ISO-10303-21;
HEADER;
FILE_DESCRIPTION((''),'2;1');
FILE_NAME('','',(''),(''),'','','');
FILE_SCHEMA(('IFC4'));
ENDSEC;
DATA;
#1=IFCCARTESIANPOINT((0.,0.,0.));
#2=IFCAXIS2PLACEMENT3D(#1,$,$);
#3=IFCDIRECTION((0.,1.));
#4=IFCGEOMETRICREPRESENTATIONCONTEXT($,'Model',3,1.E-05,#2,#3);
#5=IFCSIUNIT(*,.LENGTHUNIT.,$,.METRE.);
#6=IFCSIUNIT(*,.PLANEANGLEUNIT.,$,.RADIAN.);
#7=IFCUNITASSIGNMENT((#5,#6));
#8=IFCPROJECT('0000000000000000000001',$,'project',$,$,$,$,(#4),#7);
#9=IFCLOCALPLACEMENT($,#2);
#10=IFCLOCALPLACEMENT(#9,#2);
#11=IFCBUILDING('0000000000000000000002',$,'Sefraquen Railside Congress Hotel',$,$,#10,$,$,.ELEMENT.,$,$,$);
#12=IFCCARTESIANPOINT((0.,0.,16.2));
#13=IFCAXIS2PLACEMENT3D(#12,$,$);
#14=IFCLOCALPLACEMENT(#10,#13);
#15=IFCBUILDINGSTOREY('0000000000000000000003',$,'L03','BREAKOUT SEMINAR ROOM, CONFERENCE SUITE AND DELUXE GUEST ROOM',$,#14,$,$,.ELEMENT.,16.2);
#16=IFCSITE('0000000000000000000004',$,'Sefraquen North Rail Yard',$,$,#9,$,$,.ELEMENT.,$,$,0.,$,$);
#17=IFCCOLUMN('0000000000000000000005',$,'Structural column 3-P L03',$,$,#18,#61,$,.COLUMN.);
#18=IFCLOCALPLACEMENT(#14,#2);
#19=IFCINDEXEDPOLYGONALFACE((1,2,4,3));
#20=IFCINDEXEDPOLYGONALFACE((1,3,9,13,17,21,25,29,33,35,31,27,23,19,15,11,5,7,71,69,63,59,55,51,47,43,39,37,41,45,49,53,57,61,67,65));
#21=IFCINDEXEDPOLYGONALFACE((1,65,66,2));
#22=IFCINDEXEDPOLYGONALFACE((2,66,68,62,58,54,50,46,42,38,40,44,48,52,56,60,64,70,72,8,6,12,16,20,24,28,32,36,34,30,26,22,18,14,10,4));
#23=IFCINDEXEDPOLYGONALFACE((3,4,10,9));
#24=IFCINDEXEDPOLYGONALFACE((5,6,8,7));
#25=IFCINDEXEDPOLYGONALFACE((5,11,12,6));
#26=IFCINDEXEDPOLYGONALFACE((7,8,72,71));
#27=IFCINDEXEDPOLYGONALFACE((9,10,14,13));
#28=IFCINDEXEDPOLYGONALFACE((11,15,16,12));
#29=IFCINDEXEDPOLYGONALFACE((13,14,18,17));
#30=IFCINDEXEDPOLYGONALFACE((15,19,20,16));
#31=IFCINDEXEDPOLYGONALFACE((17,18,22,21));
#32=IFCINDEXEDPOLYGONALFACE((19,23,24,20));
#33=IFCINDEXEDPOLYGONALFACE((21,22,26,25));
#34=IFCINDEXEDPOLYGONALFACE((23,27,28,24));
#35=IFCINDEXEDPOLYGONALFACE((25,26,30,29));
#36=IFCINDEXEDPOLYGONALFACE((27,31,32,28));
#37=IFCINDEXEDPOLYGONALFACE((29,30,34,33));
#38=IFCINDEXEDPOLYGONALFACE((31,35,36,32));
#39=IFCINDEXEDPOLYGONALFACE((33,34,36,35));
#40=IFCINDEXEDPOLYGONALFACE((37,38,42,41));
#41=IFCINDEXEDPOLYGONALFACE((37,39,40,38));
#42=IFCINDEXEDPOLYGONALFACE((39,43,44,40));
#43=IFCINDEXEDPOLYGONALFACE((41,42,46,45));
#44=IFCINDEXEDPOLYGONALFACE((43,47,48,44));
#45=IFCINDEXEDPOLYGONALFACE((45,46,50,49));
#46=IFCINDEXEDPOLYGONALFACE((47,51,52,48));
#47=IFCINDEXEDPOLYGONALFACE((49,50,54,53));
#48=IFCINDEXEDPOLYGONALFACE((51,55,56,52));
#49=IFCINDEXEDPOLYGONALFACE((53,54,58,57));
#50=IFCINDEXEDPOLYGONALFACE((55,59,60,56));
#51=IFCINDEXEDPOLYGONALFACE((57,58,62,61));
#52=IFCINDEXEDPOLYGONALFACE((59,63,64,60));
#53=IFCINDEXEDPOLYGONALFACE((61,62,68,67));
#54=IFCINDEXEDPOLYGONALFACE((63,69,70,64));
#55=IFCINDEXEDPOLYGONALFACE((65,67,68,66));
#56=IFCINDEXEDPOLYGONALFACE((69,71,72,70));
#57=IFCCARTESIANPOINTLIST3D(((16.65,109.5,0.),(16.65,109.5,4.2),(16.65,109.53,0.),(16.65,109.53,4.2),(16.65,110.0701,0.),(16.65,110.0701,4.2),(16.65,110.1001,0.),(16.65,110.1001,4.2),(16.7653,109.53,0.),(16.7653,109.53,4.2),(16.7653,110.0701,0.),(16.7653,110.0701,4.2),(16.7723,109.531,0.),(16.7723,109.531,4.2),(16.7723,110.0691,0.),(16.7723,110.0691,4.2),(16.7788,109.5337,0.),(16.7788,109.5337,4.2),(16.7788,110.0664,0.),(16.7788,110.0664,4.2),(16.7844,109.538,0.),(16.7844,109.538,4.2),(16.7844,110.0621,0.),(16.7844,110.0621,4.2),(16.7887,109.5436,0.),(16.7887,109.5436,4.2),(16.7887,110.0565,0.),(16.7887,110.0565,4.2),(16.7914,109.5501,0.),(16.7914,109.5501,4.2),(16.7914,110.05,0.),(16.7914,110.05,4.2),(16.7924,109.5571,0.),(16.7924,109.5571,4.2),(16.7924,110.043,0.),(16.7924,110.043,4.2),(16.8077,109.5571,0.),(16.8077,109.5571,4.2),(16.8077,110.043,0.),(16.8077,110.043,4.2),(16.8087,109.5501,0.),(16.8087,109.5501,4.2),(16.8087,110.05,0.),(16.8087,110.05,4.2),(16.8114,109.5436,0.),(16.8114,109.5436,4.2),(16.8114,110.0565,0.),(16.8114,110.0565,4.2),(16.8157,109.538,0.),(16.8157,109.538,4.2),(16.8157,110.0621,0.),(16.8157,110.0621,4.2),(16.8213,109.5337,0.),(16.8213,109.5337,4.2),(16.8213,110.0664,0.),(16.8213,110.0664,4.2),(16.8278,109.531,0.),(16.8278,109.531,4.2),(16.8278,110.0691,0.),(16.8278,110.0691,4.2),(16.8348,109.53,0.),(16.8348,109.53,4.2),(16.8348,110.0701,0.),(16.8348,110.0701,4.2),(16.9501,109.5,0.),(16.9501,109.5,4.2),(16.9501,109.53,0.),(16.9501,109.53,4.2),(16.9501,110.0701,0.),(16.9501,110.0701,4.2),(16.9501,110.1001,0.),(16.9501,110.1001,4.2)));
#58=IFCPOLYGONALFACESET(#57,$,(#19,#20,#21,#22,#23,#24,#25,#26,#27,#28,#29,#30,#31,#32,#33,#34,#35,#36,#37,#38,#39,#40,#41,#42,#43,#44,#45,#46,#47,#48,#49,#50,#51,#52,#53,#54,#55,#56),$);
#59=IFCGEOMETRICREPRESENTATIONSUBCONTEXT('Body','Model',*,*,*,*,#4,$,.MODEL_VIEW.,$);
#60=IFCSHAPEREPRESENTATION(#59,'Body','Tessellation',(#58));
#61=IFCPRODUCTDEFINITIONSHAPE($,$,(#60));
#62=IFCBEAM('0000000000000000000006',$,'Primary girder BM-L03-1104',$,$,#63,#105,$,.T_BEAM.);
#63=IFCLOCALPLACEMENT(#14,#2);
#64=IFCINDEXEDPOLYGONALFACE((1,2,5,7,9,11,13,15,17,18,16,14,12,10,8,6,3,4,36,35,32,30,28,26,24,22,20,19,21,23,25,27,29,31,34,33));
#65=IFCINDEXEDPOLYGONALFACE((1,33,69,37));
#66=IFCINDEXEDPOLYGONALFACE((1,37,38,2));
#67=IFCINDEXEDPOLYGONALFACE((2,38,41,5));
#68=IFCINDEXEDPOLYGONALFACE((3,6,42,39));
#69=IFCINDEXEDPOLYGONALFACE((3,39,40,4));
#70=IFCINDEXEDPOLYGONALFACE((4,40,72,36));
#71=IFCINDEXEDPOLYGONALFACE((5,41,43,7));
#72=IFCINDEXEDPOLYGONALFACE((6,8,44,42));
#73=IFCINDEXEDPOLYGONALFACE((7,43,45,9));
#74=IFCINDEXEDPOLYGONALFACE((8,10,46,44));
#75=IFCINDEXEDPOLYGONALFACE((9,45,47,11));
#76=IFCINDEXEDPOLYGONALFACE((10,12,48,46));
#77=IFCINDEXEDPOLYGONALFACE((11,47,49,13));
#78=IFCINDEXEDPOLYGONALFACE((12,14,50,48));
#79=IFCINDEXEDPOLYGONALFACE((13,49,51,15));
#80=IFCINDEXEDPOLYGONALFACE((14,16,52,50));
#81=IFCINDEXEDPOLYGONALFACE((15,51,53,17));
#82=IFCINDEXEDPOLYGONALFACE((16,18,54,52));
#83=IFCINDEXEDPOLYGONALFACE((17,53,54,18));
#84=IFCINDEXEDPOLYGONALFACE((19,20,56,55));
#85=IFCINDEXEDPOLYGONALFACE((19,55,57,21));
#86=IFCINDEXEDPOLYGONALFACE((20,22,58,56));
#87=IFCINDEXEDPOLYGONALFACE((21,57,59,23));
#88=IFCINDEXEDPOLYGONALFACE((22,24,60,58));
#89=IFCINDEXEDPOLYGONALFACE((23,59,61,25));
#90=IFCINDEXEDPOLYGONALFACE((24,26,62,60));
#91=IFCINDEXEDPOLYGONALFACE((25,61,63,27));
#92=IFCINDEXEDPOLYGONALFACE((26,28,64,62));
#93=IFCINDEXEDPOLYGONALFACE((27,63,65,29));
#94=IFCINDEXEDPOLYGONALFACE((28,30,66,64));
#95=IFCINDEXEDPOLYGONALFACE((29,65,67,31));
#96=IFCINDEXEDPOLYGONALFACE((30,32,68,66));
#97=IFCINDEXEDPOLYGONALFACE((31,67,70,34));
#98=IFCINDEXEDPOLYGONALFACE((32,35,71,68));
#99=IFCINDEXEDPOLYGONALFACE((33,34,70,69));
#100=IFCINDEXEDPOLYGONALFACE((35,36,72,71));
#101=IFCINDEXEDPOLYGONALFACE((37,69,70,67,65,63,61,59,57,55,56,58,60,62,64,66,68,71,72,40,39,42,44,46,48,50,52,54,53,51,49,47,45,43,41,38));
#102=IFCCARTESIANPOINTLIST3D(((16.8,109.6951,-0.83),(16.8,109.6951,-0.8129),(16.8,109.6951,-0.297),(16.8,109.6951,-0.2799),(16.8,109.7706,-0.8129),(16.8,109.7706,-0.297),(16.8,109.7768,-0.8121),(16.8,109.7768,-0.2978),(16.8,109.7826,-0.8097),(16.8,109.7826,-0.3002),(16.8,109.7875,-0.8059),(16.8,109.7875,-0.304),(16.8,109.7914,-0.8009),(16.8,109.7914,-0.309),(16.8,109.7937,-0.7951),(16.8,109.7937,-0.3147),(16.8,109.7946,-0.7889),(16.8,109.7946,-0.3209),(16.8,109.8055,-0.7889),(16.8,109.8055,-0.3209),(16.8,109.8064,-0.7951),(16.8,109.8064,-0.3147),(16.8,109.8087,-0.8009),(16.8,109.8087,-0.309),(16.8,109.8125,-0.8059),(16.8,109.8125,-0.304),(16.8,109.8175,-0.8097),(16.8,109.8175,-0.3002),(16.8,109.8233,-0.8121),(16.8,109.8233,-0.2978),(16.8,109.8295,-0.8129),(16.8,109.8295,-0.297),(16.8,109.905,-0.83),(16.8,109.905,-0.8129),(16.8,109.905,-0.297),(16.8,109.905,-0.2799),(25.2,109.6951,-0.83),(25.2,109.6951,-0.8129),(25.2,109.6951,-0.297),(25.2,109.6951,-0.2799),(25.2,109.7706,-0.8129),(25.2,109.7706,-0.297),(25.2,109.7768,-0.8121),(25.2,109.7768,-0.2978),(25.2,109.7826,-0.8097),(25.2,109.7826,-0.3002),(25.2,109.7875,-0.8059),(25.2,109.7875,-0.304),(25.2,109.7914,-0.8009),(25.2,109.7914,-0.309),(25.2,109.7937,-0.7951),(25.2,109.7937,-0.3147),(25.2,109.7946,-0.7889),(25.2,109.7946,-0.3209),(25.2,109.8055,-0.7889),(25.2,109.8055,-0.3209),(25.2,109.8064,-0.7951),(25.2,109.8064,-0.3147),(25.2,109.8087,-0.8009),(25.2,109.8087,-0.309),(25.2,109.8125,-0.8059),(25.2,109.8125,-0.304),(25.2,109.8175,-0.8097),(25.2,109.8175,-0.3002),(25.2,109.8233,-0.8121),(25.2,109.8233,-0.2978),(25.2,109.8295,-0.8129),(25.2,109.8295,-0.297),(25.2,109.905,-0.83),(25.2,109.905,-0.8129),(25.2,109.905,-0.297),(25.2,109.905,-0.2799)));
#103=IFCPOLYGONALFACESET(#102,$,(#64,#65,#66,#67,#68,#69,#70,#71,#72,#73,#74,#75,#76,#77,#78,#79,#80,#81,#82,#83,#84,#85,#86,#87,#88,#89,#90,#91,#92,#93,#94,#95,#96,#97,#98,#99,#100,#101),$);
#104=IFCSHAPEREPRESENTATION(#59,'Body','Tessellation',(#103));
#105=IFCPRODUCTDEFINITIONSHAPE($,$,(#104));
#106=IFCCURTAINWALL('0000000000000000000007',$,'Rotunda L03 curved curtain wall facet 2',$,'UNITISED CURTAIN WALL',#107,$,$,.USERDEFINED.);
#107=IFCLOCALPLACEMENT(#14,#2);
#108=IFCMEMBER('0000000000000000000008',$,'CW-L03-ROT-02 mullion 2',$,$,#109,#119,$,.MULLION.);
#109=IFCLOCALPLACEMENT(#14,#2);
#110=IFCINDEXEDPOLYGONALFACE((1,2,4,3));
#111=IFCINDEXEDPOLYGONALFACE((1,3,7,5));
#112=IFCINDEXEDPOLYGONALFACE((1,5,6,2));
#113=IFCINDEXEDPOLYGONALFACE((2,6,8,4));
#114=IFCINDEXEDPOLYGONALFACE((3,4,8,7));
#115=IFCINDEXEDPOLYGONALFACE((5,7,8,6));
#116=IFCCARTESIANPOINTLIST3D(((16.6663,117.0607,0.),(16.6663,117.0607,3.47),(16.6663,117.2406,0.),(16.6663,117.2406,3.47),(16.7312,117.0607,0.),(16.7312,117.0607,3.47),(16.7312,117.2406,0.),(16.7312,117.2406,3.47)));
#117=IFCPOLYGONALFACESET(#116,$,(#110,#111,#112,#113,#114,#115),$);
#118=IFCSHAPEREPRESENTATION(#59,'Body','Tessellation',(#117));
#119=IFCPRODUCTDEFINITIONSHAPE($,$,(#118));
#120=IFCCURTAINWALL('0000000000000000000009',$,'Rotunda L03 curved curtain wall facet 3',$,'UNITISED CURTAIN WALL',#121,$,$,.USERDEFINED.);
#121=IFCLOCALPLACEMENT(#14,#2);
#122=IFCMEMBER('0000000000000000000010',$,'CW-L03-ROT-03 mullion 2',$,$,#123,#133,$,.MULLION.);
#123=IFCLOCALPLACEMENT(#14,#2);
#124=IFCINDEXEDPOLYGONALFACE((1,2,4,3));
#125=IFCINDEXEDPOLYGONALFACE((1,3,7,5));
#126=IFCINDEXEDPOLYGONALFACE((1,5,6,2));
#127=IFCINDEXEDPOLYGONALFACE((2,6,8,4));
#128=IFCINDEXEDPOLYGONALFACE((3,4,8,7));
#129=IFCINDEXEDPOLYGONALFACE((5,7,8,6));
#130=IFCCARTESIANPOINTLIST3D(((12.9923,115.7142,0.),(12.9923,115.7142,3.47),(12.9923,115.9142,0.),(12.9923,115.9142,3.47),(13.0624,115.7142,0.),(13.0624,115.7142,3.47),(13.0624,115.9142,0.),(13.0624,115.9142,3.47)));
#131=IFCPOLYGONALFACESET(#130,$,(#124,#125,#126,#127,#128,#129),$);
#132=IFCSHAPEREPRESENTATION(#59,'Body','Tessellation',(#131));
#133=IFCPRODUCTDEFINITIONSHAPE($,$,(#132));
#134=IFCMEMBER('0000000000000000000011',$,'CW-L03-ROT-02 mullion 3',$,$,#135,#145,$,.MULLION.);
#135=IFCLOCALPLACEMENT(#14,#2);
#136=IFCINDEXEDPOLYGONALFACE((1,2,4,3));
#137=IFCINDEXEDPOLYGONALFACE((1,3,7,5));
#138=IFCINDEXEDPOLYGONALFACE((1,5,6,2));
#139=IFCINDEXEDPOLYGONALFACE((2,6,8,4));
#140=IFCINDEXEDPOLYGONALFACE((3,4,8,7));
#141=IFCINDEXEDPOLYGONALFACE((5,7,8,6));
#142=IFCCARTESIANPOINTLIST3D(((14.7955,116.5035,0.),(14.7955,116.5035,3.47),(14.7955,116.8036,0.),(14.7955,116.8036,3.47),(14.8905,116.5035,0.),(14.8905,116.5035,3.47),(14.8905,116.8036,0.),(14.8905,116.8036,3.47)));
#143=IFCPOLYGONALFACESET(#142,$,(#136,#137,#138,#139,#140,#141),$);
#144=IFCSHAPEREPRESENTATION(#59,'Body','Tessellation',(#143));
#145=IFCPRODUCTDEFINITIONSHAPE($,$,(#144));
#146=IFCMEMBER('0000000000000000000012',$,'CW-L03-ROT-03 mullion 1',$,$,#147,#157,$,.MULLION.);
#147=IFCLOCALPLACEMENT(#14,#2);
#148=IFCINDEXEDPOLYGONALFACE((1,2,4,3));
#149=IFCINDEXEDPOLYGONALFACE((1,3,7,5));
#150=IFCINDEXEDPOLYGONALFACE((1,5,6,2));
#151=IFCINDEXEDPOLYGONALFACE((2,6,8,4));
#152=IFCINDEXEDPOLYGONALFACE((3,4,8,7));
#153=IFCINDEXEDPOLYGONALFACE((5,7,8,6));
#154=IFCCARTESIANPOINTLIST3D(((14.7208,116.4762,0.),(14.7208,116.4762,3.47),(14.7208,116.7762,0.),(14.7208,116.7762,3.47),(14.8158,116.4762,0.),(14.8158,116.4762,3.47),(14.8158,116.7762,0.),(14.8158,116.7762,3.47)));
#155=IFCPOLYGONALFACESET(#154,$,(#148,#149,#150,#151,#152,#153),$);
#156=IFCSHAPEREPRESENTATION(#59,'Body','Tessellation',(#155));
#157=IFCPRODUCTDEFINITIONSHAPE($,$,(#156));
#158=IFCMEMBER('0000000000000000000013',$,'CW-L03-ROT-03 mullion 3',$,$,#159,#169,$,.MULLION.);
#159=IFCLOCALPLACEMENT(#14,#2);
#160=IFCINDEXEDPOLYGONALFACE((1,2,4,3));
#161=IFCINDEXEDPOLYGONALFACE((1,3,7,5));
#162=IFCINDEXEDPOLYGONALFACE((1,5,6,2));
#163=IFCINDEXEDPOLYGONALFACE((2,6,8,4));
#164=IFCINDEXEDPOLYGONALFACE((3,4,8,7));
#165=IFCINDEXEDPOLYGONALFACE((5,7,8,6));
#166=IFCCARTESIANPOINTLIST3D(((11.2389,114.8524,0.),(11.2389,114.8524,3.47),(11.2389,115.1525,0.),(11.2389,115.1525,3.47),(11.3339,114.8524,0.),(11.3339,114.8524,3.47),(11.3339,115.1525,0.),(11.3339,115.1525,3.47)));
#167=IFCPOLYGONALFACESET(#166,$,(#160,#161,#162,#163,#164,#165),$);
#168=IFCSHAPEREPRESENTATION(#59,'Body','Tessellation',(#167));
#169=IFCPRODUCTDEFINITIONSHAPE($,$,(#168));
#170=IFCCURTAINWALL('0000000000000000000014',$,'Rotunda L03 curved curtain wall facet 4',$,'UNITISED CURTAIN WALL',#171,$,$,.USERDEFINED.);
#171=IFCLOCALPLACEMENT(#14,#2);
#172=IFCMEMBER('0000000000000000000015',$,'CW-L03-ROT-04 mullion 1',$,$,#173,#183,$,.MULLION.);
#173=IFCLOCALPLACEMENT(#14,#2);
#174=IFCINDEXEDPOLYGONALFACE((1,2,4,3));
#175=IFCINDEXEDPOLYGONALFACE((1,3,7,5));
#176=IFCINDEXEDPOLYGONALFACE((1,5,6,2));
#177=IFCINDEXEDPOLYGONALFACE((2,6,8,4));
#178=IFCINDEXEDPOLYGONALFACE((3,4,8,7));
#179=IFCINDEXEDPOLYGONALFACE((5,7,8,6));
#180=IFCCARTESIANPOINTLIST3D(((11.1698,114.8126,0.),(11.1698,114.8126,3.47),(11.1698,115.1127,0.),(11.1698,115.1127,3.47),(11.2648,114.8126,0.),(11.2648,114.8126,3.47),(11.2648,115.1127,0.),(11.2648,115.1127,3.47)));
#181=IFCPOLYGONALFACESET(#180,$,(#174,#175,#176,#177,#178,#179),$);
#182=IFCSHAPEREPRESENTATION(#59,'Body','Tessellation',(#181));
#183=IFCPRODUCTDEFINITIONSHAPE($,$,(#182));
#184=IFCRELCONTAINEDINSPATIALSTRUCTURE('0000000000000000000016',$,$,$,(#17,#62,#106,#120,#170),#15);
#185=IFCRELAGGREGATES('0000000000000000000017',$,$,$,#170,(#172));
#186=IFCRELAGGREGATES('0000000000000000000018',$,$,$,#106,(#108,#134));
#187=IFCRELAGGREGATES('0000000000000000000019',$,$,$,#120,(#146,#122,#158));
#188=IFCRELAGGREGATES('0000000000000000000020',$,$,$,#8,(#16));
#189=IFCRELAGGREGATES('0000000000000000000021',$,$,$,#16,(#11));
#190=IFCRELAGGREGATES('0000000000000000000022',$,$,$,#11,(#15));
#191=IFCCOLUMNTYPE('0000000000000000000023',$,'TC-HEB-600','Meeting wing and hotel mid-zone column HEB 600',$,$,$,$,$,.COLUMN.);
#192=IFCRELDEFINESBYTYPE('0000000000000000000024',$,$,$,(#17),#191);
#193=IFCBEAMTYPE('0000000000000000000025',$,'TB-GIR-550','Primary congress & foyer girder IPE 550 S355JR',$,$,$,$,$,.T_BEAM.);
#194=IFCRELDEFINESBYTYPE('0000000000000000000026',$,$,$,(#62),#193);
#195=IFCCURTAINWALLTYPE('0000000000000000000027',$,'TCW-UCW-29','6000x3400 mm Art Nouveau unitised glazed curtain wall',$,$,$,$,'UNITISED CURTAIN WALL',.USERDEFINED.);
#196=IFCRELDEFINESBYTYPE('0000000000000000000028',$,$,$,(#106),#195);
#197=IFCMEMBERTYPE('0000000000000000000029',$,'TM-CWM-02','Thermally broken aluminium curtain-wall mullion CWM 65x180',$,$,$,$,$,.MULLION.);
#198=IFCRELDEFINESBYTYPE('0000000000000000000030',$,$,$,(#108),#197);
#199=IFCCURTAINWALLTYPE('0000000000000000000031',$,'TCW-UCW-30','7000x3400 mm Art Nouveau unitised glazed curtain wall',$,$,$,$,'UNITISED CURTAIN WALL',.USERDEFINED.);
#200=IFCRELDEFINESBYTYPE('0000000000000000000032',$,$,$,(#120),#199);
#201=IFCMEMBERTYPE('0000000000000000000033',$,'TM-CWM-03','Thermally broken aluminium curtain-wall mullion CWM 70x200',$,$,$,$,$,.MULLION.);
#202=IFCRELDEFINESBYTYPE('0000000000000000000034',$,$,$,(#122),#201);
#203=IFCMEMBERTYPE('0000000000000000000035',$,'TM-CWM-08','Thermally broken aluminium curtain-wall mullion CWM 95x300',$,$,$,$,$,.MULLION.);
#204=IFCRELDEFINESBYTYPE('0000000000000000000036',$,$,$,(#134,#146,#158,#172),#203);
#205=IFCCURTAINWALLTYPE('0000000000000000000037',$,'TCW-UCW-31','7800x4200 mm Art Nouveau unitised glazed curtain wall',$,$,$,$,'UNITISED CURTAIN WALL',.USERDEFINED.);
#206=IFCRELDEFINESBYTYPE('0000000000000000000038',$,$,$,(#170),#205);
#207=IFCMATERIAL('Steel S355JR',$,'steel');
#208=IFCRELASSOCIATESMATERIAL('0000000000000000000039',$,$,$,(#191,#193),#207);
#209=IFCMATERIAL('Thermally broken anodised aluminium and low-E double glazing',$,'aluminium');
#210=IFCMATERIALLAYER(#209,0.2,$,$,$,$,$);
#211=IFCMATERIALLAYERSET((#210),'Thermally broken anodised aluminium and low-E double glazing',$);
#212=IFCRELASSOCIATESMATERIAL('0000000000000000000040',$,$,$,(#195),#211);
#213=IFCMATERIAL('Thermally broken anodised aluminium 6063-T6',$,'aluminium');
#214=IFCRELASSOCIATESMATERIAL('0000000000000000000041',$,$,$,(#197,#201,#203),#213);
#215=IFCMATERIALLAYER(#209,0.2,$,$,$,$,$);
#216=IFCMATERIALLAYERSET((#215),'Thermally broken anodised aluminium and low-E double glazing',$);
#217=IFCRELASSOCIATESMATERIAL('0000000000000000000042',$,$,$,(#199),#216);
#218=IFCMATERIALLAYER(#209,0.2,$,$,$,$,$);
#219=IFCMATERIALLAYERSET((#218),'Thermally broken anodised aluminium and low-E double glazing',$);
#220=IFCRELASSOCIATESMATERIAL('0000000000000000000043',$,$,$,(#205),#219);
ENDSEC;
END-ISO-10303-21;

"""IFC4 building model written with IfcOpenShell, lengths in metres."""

from ifc_helpers import new_model, si_unit, direction, frame, origin, origin_2d, place, context, subcontext, project, spatial, rectangle, i_section, extrude, material, layer, layer_set, material_profile, profile_set, type_object, element, aggregate, save


model = new_model("IFC4")

# Units and contexts
model_context = context("Model", 3, precision=1e-05, world=origin(), true_north=direction((0.0, 1.0)))
body_context = subcontext(model_context, "Body", "Model", "MODEL_VIEW")
ifc_project = project(units=[si_unit("LENGTHUNIT", "METRE"), si_unit("PLANEANGLEUNIT", "RADIAN")], contexts=[model_context])

# Site, building, storey
site_placement = place(None, origin())
site = spatial("IfcSite", under=ifc_project, at=site_placement, Name="Sefraquen North Rail Yard", CompositionType="ELEMENT", RefElevation=0.0)
building_placement = place(site_placement, origin())
building = spatial("IfcBuilding", under=site, at=building_placement, Name="Sefraquen Railside Congress Hotel", CompositionType="ELEMENT")
storey_placement = place(building_placement, frame((0.0, 0.0, 16.2)))
storey = spatial("IfcBuildingStorey", under=building, at=storey_placement, Name="L03", Description="BREAKOUT SEMINAR ROOM, CONFERENCE SUITE AND DELUXE GUEST ROOM", CompositionType="ELEMENT", Elevation=16.2)

# Column
ifc_material_1 = material(Name="Steel S355JR", Category="steel")
ifc_material_profile_1 = material_profile(ifc_material_1, i_section(OverallWidth=0.3, OverallDepth=0.6001, WebThickness=0.0154, FlangeThickness=0.03, FilletRadius=0.0271, at=origin_2d()), Name="HEB 600")
ifc_profile_set_1 = profile_set([ifc_material_profile_1], Name="Steel S355JR")
column_type = type_object("IfcColumnType", Name="TC-HEB-600", Description="Meeting wing and hotel mid-zone column HEB 600", PredefinedType="COLUMN", material=ifc_profile_set_1)
column_placement = place(storey_placement, frame((16.8, 109.8, 0.0), z_axis=(0.0, 0.0, 1.0), x_axis=(1.0, 0.0, 0.0)))
element("IfcColumn", 1, at=column_placement, inside=storey, type_object=column_type, Name="Structural column 3-P L03", PredefinedType="COLUMN", context=body_context, shape_type="SweptSolid", body=[
    extrude(i_section(OverallWidth=0.3, OverallDepth=0.6001, WebThickness=0.0154, FlangeThickness=0.03, FilletRadius=0.0271, at=origin_2d()), origin(), (0.0, 0.0, 1.0), 4.2),
])

# Beam
ifc_material_profile_2 = material_profile(ifc_material_1, i_section(OverallWidth=0.21, OverallDepth=0.55, WebThickness=0.011, FlangeThickness=0.0171, FilletRadius=0.0239, at=origin_2d()), Name="IPE 550")
ifc_profile_set_2 = profile_set([ifc_material_profile_2], Name="Steel S355JR")
beam_type = type_object("IfcBeamType", Name="TB-GIR-550", Description="Primary congress & foyer girder IPE 550 S355JR", PredefinedType="T_BEAM", material=ifc_profile_set_2)
beam_placement = place(storey_placement, frame((16.8, 109.8, -0.5549), z_axis=(1.0, 0.0, 0.0), x_axis=(0.0, 1.0, 0.0)))
element("IfcBeam", 2, at=beam_placement, inside=storey, type_object=beam_type, Name="Primary girder BM-L03-1104", PredefinedType="T_BEAM", context=body_context, shape_type="SweptSolid", body=[
    extrude(i_section(OverallWidth=0.21, OverallDepth=0.55, WebThickness=0.011, FlangeThickness=0.0171, FilletRadius=0.0239, at=origin_2d()), origin(), (0.0, 0.0, 1.0), 8.3999),
])

# Curtain walls, members
ifc_material_2 = material(Name="Thermally broken anodised aluminium and low-E double glazing", Category="aluminium")
ifc_layer_1 = layer(ifc_material_2, 0.2)
ifc_layer_set_1 = layer_set([ifc_layer_1], Name="Thermally broken anodised aluminium and low-E double glazing")
curtain_wall_type_1 = type_object("IfcCurtainWallType", Name="TCW-UCW-29", Description="6000x3400 mm Art Nouveau unitised glazed curtain wall", ElementType="UNITISED CURTAIN WALL", PredefinedType="USERDEFINED", material=ifc_layer_set_1)
curtain_wall_1_placement = place(storey_placement, origin())
curtain_wall_1 = element("IfcCurtainWall", 3, at=curtain_wall_1_placement, inside=storey, type_object=curtain_wall_type_1, Name="Rotunda L03 curved curtain wall facet 2", ObjectType="UNITISED CURTAIN WALL", PredefinedType="USERDEFINED")
ifc_material_3 = material(Name="Thermally broken anodised aluminium 6063-T6", Category="aluminium")
ifc_material_profile_3 = material_profile(ifc_material_3, rectangle(XDim=0.0649, YDim=0.1799, at=origin_2d()), Name="CWM 65x180")
ifc_profile_set_3 = profile_set([ifc_material_profile_3], Name="Thermally broken anodised aluminium 6063-T6")
member_type_1 = type_object("IfcMemberType", Name="TM-CWM-02", Description="Thermally broken aluminium curtain-wall mullion CWM 65x180", PredefinedType="MULLION", material=ifc_profile_set_3)
member_1_placement = place(storey_placement, frame((16.6987, 117.1506, 0.0), z_axis=(0.0, 0.0, 1.0), x_axis=(1.0, 0.0, 0.0)))
member_1 = element("IfcMember", 4, at=member_1_placement, type_object=member_type_1, Name="CW-L03-ROT-02 mullion 2", PredefinedType="MULLION", context=body_context, shape_type="SweptSolid", body=[
    extrude(rectangle(XDim=0.0649, YDim=0.1799, at=origin_2d()), origin(), (0.0, 0.0, 1.0), 3.47),
])
ifc_layer_2 = layer(ifc_material_2, 0.2)
ifc_layer_set_2 = layer_set([ifc_layer_2], Name="Thermally broken anodised aluminium and low-E double glazing")
curtain_wall_type_2 = type_object("IfcCurtainWallType", Name="TCW-UCW-30", Description="7000x3400 mm Art Nouveau unitised glazed curtain wall", ElementType="UNITISED CURTAIN WALL", PredefinedType="USERDEFINED", material=ifc_layer_set_2)
curtain_wall_2_placement = place(storey_placement, origin())
curtain_wall_2 = element("IfcCurtainWall", 5, at=curtain_wall_2_placement, inside=storey, type_object=curtain_wall_type_2, Name="Rotunda L03 curved curtain wall facet 3", ObjectType="UNITISED CURTAIN WALL", PredefinedType="USERDEFINED")
ifc_material_profile_4 = material_profile(ifc_material_3, rectangle(XDim=0.0701, YDim=0.2, at=origin_2d()), Name="CWM 70x200")
ifc_profile_set_4 = profile_set([ifc_material_profile_4], Name="Thermally broken anodised aluminium 6063-T6")
member_type_2 = type_object("IfcMemberType", Name="TM-CWM-03", Description="Thermally broken aluminium curtain-wall mullion CWM 70x200", PredefinedType="MULLION", material=ifc_profile_set_4)
member_2_placement = place(storey_placement, frame((13.0273, 115.8142, 0.0), z_axis=(0.0, 0.0, 1.0), x_axis=(1.0, 0.0, 0.0)))
member_2 = element("IfcMember", 6, at=member_2_placement, type_object=member_type_2, Name="CW-L03-ROT-03 mullion 2", PredefinedType="MULLION", context=body_context, shape_type="SweptSolid", body=[
    extrude(rectangle(XDim=0.0701, YDim=0.2, at=origin_2d()), origin(), (0.0, 0.0, 1.0), 3.47),
])

# Members
ifc_material_profile_5 = material_profile(ifc_material_3, rectangle(XDim=0.095, YDim=0.3, at=origin_2d()), Name="CWM 95x300")
ifc_profile_set_5 = profile_set([ifc_material_profile_5], Name="Thermally broken anodised aluminium 6063-T6")
member_type_3 = type_object("IfcMemberType", Name="TM-CWM-08", Description="Thermally broken aluminium curtain-wall mullion CWM 95x300", PredefinedType="MULLION", material=ifc_profile_set_5)
member_3_placement = place(storey_placement, frame((14.843, 116.6536, 0.0), z_axis=(0.0, 0.0, 1.0), x_axis=(1.0, 0.0, 0.0)))
member_3 = element("IfcMember", 7, at=member_3_placement, type_object=member_type_3, Name="CW-L03-ROT-02 mullion 3", PredefinedType="MULLION", context=body_context, shape_type="SweptSolid", body=[
    extrude(rectangle(XDim=0.095, YDim=0.3, at=origin_2d()), origin(), (0.0, 0.0, 1.0), 3.47),
])
member_4_placement = place(storey_placement, frame((14.7683, 116.6262, 0.0), z_axis=(0.0, 0.0, 1.0), x_axis=(1.0, 0.0, 0.0)))
member_4 = element("IfcMember", 8, at=member_4_placement, type_object=member_type_3, Name="CW-L03-ROT-03 mullion 1", PredefinedType="MULLION", context=body_context, shape_type="SweptSolid", body=[
    extrude(rectangle(XDim=0.095, YDim=0.3, at=origin_2d()), origin(), (0.0, 0.0, 1.0), 3.47),
])
member_5_placement = place(storey_placement, frame((11.2864, 115.0024, 0.0), z_axis=(0.0, 0.0, 1.0), x_axis=(1.0, 0.0, 0.0)))
member_5 = element("IfcMember", 9, at=member_5_placement, type_object=member_type_3, Name="CW-L03-ROT-03 mullion 3", PredefinedType="MULLION", context=body_context, shape_type="SweptSolid", body=[
    extrude(rectangle(XDim=0.095, YDim=0.3, at=origin_2d()), origin(), (0.0, 0.0, 1.0), 3.47),
])

# Curtain wall, member
ifc_layer_3 = layer(ifc_material_2, 0.2)
ifc_layer_set_3 = layer_set([ifc_layer_3], Name="Thermally broken anodised aluminium and low-E double glazing")
curtain_wall_type_3 = type_object("IfcCurtainWallType", Name="TCW-UCW-31", Description="7800x4200 mm Art Nouveau unitised glazed curtain wall", ElementType="UNITISED CURTAIN WALL", PredefinedType="USERDEFINED", material=ifc_layer_set_3)
curtain_wall_3_placement = place(storey_placement, origin())
curtain_wall_3 = element("IfcCurtainWall", 10, at=curtain_wall_3_placement, inside=storey, type_object=curtain_wall_type_3, Name="Rotunda L03 curved curtain wall facet 4", ObjectType="UNITISED CURTAIN WALL", PredefinedType="USERDEFINED")
member_6_placement = place(storey_placement, frame((11.2173, 114.9626, 0.0), z_axis=(0.0, 0.0, 1.0), x_axis=(1.0, 0.0, 0.0)))
member_6 = element("IfcMember", 11, at=member_6_placement, type_object=member_type_3, Name="CW-L03-ROT-04 mullion 1", PredefinedType="MULLION", context=body_context, shape_type="SweptSolid", body=[
    extrude(rectangle(XDim=0.095, YDim=0.3, at=origin_2d()), origin(), (0.0, 0.0, 1.0), 3.47),
])

aggregate(curtain_wall_3, [member_6])

aggregate(curtain_wall_1, [member_1, member_3])
aggregate(curtain_wall_2, [member_4, member_2, member_5])

save(model, "model.ifc")
